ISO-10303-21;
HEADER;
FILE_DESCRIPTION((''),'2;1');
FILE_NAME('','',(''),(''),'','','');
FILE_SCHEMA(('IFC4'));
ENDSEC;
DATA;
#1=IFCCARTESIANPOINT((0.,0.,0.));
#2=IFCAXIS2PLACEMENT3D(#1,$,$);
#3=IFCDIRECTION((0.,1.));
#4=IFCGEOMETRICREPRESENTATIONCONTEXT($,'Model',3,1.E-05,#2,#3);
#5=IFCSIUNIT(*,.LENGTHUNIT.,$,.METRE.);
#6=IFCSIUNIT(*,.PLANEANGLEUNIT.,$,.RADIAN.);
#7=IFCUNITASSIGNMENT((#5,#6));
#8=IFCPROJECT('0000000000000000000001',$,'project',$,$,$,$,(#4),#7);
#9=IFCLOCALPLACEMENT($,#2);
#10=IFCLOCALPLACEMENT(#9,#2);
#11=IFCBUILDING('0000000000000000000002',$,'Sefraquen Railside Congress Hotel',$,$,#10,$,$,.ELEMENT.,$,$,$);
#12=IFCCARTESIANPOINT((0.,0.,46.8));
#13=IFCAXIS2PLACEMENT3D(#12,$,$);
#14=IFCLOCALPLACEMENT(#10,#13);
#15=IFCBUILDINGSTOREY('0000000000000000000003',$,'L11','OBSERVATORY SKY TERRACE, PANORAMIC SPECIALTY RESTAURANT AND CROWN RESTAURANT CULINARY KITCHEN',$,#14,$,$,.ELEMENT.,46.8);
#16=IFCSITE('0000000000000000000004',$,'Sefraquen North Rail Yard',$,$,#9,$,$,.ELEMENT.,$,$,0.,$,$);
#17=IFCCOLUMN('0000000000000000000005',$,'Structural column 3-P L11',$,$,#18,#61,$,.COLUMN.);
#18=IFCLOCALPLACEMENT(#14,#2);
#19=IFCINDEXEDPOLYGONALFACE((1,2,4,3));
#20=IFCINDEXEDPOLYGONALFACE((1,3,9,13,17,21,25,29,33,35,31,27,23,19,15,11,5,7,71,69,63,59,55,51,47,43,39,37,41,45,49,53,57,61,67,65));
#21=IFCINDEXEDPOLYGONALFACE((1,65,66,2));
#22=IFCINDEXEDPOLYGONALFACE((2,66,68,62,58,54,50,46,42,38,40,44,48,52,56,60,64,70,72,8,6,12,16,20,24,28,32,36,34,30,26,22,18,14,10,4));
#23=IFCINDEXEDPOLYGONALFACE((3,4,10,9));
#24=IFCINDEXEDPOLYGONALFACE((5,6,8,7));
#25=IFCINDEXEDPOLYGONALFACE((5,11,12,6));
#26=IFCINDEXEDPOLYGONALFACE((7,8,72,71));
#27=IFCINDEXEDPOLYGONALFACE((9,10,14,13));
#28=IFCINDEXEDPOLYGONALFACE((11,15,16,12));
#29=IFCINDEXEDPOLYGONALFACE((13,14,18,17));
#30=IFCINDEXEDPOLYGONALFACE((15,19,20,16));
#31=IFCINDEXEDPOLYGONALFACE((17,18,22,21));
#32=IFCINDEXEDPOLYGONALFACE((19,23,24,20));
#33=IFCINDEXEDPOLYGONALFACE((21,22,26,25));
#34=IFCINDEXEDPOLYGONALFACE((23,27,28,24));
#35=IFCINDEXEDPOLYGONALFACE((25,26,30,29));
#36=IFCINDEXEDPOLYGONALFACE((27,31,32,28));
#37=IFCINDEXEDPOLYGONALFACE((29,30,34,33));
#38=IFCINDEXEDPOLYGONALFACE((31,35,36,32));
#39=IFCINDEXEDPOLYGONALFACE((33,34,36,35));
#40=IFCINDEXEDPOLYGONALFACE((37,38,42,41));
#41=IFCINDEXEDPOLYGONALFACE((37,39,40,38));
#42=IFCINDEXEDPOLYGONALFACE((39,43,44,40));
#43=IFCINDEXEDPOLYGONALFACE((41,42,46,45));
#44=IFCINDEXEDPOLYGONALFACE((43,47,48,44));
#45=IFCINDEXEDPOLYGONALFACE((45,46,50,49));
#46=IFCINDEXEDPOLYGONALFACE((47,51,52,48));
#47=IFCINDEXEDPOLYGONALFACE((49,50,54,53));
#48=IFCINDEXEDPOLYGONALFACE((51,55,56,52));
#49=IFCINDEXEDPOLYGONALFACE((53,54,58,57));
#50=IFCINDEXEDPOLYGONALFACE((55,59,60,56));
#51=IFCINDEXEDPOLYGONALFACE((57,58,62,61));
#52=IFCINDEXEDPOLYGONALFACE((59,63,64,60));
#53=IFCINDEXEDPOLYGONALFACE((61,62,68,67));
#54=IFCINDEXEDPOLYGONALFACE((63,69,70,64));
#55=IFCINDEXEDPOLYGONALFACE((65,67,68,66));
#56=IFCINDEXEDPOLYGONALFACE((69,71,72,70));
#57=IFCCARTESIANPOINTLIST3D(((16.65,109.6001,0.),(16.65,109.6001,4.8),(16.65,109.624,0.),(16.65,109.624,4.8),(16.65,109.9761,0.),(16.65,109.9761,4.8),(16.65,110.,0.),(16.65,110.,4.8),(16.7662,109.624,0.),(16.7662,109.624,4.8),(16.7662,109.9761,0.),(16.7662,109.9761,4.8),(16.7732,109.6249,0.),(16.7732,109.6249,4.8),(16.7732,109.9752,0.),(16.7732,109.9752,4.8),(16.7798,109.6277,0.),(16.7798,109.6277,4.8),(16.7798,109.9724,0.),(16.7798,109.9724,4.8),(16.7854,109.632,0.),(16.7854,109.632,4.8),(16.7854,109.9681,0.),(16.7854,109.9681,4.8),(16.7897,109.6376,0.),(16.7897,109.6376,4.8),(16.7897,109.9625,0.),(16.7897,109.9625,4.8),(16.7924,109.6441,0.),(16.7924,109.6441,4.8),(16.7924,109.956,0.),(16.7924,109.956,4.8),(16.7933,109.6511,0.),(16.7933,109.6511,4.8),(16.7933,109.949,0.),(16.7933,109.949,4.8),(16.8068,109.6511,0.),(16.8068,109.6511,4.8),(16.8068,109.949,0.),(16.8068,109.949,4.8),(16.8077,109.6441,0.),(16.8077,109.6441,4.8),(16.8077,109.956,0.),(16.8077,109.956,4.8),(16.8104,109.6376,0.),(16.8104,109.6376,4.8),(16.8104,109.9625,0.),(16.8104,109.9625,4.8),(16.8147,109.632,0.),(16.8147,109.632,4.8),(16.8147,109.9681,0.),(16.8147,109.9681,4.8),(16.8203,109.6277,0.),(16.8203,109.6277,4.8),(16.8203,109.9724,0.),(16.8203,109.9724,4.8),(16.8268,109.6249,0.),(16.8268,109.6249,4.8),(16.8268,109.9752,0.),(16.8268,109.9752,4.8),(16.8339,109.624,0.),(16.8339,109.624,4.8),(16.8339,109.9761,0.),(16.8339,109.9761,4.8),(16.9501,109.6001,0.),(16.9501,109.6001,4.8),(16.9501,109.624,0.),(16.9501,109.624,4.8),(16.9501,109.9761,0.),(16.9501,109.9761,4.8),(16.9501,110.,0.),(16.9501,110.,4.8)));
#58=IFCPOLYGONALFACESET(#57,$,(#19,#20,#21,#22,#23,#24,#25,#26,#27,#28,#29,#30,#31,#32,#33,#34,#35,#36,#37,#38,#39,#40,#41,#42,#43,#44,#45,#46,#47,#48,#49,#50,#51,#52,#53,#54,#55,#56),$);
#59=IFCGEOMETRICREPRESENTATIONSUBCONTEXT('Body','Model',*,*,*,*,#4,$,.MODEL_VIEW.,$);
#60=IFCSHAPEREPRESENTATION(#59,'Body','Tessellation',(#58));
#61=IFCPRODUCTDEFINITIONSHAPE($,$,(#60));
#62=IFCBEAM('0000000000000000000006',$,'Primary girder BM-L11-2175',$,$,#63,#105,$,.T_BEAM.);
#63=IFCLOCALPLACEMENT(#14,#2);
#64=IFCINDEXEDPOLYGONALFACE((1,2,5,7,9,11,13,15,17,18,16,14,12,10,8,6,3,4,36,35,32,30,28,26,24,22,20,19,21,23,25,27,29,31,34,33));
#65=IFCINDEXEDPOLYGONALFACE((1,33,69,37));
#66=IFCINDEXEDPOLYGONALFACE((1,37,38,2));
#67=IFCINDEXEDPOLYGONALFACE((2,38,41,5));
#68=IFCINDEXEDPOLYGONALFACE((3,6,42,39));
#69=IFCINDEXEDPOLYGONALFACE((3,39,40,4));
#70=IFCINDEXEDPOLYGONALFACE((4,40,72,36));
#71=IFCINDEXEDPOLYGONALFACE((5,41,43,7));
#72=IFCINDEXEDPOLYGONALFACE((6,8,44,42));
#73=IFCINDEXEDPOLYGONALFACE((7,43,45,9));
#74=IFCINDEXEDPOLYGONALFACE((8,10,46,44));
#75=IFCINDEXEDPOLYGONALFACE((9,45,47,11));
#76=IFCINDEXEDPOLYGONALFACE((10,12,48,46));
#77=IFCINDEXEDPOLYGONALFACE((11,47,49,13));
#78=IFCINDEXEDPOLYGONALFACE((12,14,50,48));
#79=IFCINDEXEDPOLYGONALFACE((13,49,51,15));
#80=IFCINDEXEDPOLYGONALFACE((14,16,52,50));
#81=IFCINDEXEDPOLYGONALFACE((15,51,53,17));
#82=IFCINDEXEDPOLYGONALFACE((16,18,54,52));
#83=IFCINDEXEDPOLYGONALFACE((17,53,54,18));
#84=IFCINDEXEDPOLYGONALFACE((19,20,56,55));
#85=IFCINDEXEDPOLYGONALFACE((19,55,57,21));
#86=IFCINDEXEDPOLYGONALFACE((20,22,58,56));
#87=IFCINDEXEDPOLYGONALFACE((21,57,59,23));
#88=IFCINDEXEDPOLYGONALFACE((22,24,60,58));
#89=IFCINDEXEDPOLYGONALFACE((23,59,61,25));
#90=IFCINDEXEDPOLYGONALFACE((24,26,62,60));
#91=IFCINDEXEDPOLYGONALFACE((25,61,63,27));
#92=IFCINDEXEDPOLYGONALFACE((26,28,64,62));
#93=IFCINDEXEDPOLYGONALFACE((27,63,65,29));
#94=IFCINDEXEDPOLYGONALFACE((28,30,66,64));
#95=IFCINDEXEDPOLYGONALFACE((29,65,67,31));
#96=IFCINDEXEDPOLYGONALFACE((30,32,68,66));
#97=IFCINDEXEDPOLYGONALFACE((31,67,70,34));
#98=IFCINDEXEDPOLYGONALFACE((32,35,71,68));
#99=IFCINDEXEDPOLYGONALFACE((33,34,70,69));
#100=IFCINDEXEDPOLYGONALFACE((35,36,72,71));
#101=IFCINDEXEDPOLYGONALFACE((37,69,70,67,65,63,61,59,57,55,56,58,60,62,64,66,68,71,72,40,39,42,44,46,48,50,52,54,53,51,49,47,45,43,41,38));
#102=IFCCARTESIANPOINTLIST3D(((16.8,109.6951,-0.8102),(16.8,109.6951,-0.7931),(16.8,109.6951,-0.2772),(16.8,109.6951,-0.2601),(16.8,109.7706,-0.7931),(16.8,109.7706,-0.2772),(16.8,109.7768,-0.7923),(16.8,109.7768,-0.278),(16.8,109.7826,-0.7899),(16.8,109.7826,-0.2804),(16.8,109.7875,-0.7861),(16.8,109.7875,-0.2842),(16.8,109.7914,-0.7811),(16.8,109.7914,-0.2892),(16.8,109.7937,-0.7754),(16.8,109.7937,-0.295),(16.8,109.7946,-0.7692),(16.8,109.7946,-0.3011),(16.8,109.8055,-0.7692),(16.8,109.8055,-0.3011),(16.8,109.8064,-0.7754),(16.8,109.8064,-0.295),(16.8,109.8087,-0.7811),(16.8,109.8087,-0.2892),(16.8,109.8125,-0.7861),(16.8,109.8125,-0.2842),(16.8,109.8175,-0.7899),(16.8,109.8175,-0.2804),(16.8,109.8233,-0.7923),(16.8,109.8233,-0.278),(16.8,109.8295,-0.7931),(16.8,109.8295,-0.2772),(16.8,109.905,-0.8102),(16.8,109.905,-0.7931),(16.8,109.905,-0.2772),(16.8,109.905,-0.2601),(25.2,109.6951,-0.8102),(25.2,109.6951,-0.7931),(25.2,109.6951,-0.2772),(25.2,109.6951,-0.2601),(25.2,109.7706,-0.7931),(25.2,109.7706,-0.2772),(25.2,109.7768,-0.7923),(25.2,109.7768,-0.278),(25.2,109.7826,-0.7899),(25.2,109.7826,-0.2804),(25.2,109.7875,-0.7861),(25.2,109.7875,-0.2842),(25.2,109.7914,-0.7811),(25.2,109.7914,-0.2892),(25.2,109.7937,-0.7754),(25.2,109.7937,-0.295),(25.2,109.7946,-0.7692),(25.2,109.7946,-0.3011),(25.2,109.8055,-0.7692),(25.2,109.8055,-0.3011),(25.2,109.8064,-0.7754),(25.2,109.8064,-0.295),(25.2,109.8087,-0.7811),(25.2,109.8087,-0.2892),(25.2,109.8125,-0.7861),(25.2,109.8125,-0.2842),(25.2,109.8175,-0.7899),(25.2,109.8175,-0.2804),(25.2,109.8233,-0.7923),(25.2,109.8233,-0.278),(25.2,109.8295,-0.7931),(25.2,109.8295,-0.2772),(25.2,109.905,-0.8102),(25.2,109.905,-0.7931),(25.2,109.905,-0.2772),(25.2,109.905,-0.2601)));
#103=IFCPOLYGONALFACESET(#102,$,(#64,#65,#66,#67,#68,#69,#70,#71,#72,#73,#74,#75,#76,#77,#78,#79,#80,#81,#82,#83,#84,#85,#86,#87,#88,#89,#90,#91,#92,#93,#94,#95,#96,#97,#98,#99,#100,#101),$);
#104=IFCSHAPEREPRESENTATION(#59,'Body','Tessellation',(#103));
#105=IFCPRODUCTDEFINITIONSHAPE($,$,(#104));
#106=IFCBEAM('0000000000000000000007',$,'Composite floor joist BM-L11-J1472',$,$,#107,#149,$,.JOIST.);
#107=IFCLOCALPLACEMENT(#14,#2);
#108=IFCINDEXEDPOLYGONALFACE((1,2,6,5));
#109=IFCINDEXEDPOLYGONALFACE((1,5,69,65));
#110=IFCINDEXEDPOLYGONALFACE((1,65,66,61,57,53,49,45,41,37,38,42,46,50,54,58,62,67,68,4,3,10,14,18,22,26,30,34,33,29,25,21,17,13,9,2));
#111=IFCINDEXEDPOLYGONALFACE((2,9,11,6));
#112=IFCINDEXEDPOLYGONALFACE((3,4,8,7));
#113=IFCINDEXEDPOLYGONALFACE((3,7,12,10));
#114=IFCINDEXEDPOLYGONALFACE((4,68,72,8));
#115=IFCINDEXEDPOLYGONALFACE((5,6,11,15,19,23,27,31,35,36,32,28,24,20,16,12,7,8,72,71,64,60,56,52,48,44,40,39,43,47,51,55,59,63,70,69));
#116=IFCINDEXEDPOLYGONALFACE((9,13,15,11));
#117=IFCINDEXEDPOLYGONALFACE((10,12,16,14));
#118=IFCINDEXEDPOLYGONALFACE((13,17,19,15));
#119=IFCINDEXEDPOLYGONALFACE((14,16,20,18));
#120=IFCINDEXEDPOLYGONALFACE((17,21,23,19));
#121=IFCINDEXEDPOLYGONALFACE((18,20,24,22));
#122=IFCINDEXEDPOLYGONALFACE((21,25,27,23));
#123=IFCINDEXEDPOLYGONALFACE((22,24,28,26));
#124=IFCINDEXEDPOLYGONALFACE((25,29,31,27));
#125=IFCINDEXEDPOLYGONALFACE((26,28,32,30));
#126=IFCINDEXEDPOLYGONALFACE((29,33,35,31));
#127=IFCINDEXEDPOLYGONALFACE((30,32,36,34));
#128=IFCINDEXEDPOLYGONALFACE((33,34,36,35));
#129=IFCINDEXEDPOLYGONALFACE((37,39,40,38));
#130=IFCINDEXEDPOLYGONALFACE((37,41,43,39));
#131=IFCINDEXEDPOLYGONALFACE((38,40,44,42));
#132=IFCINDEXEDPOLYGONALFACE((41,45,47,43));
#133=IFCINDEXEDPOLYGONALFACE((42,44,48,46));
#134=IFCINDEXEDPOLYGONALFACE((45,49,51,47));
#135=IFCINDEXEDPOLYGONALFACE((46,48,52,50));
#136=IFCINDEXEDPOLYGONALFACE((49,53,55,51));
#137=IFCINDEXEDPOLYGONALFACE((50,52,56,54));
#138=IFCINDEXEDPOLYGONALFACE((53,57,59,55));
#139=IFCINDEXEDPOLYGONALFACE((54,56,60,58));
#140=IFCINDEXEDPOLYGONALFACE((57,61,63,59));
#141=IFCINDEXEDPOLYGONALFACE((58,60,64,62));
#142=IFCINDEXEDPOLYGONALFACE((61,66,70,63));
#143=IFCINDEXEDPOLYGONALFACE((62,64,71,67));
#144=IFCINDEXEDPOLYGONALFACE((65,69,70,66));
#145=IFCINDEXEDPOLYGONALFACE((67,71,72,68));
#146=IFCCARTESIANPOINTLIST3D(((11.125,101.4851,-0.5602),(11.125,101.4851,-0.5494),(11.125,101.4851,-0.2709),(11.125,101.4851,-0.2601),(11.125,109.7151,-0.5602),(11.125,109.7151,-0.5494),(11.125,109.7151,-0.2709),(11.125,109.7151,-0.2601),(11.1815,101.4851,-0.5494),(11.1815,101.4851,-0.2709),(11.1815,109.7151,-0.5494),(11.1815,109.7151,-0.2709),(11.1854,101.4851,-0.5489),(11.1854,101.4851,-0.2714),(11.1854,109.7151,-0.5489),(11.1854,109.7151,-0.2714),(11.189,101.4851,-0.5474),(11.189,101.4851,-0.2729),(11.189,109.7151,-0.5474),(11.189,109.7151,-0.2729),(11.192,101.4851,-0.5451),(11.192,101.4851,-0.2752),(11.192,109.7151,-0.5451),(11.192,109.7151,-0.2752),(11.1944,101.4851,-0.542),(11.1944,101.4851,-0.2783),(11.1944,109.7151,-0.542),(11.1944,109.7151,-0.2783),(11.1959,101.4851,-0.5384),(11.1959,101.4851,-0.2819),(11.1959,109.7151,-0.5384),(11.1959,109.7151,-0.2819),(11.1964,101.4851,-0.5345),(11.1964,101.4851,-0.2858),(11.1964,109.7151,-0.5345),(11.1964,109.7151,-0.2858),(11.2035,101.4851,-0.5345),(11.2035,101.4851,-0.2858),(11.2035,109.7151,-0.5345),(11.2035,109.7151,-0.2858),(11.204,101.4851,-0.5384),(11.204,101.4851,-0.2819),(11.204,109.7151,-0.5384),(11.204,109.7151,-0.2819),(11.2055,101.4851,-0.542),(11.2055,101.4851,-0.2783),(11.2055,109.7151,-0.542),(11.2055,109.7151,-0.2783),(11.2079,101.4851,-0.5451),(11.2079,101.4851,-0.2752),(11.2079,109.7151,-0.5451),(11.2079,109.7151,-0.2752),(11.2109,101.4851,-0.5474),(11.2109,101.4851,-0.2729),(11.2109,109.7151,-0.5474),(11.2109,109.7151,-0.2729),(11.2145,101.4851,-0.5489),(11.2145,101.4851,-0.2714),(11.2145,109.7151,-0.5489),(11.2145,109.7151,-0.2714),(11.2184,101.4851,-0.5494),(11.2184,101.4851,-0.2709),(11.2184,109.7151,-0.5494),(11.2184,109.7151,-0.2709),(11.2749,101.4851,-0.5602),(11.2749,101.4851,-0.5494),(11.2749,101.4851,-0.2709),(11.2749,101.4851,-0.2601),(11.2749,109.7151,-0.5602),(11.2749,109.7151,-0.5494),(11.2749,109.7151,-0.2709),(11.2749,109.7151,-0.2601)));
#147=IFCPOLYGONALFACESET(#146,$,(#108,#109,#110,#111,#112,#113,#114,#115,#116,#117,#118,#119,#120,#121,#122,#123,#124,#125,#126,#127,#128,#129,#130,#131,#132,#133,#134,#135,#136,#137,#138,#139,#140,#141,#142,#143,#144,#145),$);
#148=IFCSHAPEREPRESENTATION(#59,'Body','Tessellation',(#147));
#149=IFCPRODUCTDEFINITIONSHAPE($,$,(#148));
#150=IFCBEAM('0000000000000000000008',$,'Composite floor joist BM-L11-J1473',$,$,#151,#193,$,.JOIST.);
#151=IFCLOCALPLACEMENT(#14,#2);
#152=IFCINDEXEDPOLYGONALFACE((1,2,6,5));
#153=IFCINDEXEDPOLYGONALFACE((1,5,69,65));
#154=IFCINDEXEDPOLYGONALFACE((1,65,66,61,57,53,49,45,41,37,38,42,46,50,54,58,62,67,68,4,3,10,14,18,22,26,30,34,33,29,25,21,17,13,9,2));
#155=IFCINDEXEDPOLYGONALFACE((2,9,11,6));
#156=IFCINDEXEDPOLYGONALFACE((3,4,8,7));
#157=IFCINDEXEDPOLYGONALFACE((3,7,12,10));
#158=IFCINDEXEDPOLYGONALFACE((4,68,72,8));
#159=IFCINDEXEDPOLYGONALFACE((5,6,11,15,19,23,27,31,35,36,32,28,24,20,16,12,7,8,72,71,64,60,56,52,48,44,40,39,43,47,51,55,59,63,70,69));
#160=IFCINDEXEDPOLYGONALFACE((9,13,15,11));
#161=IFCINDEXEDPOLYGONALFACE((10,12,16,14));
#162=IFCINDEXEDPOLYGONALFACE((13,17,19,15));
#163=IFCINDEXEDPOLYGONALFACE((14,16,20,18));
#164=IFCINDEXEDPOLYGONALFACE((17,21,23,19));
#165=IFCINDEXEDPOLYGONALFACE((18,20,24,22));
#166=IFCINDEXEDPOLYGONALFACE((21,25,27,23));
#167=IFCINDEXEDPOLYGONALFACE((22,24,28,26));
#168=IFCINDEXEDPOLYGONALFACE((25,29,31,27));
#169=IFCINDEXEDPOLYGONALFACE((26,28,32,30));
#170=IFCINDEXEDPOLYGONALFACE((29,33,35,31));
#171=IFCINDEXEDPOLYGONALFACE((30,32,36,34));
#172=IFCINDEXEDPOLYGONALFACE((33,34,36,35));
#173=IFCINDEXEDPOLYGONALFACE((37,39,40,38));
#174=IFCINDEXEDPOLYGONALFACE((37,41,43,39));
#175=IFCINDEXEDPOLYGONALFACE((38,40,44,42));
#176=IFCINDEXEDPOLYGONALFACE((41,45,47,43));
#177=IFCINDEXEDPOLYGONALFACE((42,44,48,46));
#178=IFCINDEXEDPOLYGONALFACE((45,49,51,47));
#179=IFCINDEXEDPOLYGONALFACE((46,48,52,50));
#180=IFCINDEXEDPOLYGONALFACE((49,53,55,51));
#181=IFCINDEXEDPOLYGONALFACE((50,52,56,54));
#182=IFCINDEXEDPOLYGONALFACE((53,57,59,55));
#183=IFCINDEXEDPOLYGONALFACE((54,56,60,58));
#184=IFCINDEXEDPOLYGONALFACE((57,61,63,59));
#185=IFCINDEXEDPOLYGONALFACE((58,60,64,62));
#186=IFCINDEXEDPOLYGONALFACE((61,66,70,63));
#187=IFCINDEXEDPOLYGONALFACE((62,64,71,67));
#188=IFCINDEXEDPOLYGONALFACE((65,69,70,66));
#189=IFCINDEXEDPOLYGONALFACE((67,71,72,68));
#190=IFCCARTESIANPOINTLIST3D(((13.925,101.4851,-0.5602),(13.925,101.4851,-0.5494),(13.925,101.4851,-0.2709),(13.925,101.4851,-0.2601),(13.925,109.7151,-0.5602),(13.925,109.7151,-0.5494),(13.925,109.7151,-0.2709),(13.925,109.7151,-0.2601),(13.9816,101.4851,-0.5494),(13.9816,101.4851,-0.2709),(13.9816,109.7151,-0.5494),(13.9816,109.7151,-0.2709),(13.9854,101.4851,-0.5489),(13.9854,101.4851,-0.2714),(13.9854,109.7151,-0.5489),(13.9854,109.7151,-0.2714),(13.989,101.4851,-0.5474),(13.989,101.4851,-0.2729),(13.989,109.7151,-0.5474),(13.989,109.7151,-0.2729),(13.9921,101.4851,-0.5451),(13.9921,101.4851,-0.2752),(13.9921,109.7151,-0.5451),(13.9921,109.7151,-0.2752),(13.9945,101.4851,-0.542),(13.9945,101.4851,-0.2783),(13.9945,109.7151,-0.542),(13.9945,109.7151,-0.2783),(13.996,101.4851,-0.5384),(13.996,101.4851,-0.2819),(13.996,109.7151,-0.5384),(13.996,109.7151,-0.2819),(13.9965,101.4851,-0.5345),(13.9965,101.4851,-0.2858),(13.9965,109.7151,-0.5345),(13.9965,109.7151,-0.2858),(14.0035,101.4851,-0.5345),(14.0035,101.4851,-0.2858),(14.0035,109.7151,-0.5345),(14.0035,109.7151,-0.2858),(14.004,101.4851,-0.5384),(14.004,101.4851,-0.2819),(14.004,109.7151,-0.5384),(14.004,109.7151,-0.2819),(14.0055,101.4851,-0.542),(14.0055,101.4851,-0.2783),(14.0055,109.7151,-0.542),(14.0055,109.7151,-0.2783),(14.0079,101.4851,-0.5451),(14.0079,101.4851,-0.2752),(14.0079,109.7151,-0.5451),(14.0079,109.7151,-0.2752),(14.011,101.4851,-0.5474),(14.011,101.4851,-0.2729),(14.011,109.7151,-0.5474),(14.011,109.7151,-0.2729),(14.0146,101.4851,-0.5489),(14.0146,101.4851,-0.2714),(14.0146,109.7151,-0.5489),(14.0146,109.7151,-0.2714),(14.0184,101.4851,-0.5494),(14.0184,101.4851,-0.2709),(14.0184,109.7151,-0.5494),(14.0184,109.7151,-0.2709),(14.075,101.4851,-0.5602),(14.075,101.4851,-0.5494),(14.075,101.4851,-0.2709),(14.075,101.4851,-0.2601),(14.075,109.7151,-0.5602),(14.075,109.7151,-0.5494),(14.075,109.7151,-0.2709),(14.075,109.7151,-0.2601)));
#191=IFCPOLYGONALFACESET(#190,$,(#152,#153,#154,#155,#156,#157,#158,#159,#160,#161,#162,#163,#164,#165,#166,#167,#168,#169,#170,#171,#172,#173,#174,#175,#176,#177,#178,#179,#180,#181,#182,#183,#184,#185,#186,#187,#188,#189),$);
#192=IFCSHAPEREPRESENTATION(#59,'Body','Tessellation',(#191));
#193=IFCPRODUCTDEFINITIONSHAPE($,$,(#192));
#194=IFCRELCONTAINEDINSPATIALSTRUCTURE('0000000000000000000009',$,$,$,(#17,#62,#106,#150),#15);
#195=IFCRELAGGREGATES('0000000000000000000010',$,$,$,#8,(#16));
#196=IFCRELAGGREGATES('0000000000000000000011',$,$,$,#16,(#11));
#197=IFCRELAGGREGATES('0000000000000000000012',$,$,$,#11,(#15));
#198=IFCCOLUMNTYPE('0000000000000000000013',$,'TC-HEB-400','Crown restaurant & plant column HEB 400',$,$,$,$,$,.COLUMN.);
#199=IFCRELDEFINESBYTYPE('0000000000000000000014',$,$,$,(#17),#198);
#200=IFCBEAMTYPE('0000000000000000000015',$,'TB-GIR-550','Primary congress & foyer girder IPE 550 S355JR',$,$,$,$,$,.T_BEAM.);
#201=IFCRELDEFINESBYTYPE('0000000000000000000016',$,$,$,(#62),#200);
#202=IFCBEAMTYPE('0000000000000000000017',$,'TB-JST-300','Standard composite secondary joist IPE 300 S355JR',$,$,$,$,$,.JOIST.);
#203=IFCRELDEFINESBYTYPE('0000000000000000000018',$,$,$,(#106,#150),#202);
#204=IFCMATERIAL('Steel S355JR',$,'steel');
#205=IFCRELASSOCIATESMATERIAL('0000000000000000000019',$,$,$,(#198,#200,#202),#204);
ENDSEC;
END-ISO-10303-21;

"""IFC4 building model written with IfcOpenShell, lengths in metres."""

from ifc_helpers import new_model, si_unit, direction, frame, origin, origin_2d, place, context, subcontext, project, spatial, i_section, extrude, material, material_profile, profile_set, type_object, element, save


model = new_model("IFC4")

# Units and contexts
model_context = context("Model", 3, precision=1e-05, world=origin(), true_north=direction((0.0, 1.0)))
body_context = subcontext(model_context, "Body", "Model", "MODEL_VIEW")
ifc_project = project(units=[si_unit("LENGTHUNIT", "METRE"), si_unit("PLANEANGLEUNIT", "RADIAN")], contexts=[model_context])

# Site, building, storey
site_placement = place(None, origin())
site = spatial("IfcSite", under=ifc_project, at=site_placement, Name="Sefraquen North Rail Yard", CompositionType="ELEMENT", RefElevation=0.0)
building_placement = place(site_placement, origin())
building = spatial("IfcBuilding", under=site, at=building_placement, Name="Sefraquen Railside Congress Hotel", CompositionType="ELEMENT")
storey_placement = place(building_placement, frame((0.0, 0.0, 46.8)))
storey = spatial("IfcBuildingStorey", under=building, at=storey_placement, Name="L11", Description="OBSERVATORY SKY TERRACE, PANORAMIC SPECIALTY RESTAURANT AND CROWN RESTAURANT CULINARY KITCHEN", CompositionType="ELEMENT", Elevation=46.8)

# Column
ifc_material_1 = material(Name="Steel S355JR", Category="steel")
ifc_material_profile_1 = material_profile(ifc_material_1, i_section(OverallWidth=0.3, OverallDepth=0.3999, WebThickness=0.0134, FlangeThickness=0.0239, FilletRadius=0.0271, at=origin_2d()), Name="HEB 400")
ifc_profile_set_1 = profile_set([ifc_material_profile_1], Name="Steel S355JR")
column_type = type_object("IfcColumnType", Name="TC-HEB-400", Description="Crown restaurant & plant column HEB 400", PredefinedType="COLUMN", material=ifc_profile_set_1)
column_placement = place(storey_placement, frame((16.8, 109.8, 0.0), z_axis=(0.0, 0.0, 1.0), x_axis=(1.0, 0.0, 0.0)))
element("IfcColumn", 1, at=column_placement, inside=storey, type_object=column_type, Name="Structural column 3-P L11", PredefinedType="COLUMN", context=body_context, shape_type="SweptSolid", body=[
    extrude(i_section(OverallWidth=0.3, OverallDepth=0.3999, WebThickness=0.0134, FlangeThickness=0.0239, FilletRadius=0.0271, at=origin_2d()), origin(), (0.0, 0.0, 1.0), 4.8),
])

# Beams
ifc_material_profile_2 = material_profile(ifc_material_1, i_section(OverallWidth=0.21, OverallDepth=0.55, WebThickness=0.011, FlangeThickness=0.0171, FilletRadius=0.0239, at=origin_2d()), Name="IPE 550")
ifc_profile_set_2 = profile_set([ifc_material_profile_2], Name="Steel S355JR")
beam_type_1 = type_object("IfcBeamType", Name="TB-GIR-550", Description="Primary congress & foyer girder IPE 550 S355JR", PredefinedType="T_BEAM", material=ifc_profile_set_2)
beam_placement = place(storey_placement, frame((16.8, 109.8, -0.5352), z_axis=(1.0, 0.0, 0.0), x_axis=(0.0, 1.0, 0.0)))
element("IfcBeam", 2, at=beam_placement, inside=storey, type_object=beam_type_1, Name="Primary girder BM-L11-2175", PredefinedType="T_BEAM", context=body_context, shape_type="SweptSolid", body=[
    extrude(i_section(OverallWidth=0.21, OverallDepth=0.55, WebThickness=0.011, FlangeThickness=0.0171, FilletRadius=0.0239, at=origin_2d()), origin(), (0.0, 0.0, 1.0), 8.3999),
])
ifc_material_profile_3 = material_profile(ifc_material_1, i_section(OverallWidth=0.1499, OverallDepth=0.3, WebThickness=0.0071, FlangeThickness=0.0107, FilletRadius=0.0149, at=origin_2d()), Name="IPE 300")
ifc_profile_set_3 = profile_set([ifc_material_profile_3], Name="Steel S355JR")
beam_type_2 = type_object("IfcBeamType", Name="TB-JST-300", Description="Standard composite secondary joist IPE 300 S355JR", PredefinedType="JOIST", material=ifc_profile_set_3)
for number, where, z_axis, x_axis, name in (
    (3, (11.2, 101.4851, -0.4102), (0.0, 1.0, 0.0), (-1.0, 0.0, 0.0), "Composite floor joist BM-L11-J1472"),
    (4, (14.0, 101.4851, -0.4102), (0.0, 1.0, 0.0), (-1.0, 0.0, 0.0), "Composite floor joist BM-L11-J1473"),
):
    element("IfcBeam", number, at=place(storey_placement, frame(where, z_axis=z_axis, x_axis=x_axis)), inside=storey, type_object=beam_type_2, Name=name, PredefinedType="JOIST", context=body_context, shape_type="SweptSolid", body=[
        extrude(i_section(OverallWidth=0.1499, OverallDepth=0.3, WebThickness=0.0071, FlangeThickness=0.0107, FilletRadius=0.0149, at=origin_2d()), origin(), (0.0, 0.0, 1.0), 8.23),
    ])

save(model, "model.ifc")
